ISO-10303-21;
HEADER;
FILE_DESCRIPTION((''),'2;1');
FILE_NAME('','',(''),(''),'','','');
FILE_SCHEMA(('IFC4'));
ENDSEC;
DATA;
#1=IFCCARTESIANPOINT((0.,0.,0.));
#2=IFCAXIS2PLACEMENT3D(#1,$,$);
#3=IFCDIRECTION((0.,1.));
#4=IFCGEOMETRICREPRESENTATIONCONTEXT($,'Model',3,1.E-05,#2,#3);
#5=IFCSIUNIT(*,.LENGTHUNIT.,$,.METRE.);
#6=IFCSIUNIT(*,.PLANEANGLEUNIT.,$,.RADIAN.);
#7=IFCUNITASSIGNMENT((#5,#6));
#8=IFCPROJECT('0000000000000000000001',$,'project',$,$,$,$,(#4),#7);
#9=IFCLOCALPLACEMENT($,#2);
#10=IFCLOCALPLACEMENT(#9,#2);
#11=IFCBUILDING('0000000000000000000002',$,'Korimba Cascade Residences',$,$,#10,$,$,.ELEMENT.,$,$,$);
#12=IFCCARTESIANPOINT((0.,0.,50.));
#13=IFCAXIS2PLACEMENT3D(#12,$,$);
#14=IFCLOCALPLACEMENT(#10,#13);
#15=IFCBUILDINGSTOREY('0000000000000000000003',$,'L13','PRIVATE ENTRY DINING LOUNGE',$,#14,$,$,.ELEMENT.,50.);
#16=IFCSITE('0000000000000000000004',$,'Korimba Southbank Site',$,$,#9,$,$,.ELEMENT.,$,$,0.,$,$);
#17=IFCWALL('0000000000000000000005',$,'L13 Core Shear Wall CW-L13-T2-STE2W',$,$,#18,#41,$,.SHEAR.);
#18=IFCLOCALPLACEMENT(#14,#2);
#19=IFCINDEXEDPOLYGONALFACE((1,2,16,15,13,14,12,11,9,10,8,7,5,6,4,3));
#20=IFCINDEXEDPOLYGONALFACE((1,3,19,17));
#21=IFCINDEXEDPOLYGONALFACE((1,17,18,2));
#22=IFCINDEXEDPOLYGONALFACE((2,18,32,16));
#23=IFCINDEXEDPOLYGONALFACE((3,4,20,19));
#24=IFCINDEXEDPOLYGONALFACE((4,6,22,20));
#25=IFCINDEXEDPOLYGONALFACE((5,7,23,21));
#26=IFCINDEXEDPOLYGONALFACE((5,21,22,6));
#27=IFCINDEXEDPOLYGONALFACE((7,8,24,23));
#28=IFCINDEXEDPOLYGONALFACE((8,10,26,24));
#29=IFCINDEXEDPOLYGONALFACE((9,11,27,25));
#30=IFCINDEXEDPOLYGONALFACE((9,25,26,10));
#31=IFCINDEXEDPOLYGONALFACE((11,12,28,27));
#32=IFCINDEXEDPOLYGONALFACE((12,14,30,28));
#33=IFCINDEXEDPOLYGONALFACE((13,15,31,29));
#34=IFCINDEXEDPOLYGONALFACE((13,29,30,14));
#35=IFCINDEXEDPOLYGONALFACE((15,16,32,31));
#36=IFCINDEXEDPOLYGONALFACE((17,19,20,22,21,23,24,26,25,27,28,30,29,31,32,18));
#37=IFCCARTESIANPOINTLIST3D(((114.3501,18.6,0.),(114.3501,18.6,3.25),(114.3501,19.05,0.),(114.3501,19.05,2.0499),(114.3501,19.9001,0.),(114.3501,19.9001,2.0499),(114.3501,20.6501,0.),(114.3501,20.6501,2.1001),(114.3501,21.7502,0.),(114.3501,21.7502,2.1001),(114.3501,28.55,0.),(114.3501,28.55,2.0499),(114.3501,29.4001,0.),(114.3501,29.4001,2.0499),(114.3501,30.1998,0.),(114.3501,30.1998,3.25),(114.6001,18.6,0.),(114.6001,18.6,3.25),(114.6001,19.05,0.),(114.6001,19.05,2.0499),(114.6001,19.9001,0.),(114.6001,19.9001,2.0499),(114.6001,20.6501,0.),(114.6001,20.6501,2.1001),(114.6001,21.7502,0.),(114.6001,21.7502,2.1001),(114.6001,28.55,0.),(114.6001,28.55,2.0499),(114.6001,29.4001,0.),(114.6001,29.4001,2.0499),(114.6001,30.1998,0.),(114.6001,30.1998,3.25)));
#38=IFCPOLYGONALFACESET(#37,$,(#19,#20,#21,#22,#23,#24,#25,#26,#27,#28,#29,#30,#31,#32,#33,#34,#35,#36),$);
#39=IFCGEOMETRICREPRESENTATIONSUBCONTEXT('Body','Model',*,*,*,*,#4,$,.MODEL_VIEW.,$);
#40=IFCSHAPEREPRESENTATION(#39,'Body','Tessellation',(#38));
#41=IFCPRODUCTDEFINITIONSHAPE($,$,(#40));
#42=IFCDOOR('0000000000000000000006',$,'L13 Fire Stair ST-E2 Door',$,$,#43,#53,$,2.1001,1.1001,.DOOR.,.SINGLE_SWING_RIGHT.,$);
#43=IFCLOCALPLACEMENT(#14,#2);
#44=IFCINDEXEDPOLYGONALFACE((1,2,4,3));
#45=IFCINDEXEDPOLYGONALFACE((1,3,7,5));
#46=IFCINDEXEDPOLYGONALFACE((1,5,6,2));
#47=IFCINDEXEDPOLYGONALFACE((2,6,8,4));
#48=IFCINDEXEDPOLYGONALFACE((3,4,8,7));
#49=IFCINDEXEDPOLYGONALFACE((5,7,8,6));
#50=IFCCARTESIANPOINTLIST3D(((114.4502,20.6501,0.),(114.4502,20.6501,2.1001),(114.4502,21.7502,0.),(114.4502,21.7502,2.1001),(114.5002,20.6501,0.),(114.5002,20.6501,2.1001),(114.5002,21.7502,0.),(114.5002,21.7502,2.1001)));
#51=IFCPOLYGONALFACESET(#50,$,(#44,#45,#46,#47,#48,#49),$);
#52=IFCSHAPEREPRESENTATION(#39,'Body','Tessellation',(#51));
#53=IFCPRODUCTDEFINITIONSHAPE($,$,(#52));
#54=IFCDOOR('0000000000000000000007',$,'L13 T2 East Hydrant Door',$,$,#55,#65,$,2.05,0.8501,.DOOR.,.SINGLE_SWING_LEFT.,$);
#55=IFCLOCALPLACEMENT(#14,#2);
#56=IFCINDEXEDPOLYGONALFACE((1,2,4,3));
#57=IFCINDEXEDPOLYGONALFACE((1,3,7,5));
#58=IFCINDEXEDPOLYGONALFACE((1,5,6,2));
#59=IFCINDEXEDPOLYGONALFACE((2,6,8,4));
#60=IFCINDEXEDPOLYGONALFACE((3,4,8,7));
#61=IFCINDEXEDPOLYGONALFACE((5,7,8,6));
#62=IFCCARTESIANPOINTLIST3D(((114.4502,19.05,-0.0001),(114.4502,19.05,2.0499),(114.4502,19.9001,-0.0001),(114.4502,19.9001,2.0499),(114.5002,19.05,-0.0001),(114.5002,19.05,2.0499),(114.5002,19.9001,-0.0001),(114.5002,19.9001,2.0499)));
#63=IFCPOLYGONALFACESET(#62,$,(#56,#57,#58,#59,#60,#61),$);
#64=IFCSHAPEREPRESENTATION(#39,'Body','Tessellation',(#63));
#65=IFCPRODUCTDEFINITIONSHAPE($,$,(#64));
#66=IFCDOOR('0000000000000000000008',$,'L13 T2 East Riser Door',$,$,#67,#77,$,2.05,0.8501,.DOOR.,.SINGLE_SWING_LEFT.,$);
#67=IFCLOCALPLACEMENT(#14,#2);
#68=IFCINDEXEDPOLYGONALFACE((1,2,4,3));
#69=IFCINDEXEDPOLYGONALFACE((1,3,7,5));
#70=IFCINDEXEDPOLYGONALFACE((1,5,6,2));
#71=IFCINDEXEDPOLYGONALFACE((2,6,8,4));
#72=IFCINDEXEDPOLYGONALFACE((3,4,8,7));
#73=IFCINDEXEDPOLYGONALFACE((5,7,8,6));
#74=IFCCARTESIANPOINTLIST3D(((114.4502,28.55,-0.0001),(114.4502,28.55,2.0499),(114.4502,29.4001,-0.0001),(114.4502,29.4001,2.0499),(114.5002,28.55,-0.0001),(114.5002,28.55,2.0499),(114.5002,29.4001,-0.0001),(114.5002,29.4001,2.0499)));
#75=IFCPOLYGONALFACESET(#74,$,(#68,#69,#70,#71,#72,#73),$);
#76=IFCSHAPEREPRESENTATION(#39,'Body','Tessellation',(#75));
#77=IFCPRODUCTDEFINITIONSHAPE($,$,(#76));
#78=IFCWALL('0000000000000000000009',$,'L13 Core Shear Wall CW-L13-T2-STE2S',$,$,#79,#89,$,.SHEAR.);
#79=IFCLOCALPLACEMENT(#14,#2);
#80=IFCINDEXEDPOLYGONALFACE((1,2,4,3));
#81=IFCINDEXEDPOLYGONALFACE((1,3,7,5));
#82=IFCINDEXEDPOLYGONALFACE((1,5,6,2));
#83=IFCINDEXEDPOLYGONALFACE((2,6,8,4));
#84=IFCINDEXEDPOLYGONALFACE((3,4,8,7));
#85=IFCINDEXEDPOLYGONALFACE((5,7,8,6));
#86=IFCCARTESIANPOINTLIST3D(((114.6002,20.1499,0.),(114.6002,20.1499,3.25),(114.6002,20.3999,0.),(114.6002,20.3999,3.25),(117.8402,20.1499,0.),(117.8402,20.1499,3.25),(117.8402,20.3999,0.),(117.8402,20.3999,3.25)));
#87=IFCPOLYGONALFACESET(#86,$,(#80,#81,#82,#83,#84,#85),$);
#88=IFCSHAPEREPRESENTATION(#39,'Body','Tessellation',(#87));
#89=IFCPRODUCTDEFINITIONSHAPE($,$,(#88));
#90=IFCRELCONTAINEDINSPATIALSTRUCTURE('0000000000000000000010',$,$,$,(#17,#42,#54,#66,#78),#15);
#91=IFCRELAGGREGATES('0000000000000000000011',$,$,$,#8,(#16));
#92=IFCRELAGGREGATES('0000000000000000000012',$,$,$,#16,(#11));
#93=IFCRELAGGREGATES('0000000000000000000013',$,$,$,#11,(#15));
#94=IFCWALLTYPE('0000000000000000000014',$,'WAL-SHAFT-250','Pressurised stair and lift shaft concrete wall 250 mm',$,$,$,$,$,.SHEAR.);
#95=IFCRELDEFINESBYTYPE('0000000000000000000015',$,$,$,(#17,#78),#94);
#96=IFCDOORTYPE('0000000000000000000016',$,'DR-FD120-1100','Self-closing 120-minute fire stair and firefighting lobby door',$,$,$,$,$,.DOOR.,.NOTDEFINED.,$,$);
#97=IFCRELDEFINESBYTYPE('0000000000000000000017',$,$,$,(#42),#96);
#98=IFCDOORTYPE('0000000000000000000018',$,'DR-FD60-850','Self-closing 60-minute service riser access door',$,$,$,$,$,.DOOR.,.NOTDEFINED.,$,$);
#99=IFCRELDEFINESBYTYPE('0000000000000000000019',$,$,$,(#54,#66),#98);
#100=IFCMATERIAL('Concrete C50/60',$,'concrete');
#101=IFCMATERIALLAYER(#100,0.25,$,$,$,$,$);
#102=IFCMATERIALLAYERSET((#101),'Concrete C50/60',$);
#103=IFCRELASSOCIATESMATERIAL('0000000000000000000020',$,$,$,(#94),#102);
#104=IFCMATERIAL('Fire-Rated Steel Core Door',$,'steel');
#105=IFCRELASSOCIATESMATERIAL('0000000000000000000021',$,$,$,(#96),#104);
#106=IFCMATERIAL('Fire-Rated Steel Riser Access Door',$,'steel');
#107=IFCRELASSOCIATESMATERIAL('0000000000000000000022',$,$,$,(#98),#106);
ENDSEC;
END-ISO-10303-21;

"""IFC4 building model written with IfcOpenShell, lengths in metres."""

from ifc_helpers import new_model, si_unit, direction, frame, frame_2d, origin, place, context, subcontext, project, spatial, rectangle, extrude, material, layer, layer_set, type_object, element, fill, save


model = new_model("IFC4")

# Units and contexts
model_context = context("Model", 3, precision=1e-05, world=origin(), true_north=direction((0.0, 1.0)))
body_context = subcontext(model_context, "Body", "Model", "MODEL_VIEW")
ifc_project = project(units=[si_unit("LENGTHUNIT", "METRE"), si_unit("PLANEANGLEUNIT", "RADIAN")], contexts=[model_context])

# Site, building, storey
site_placement = place(None, origin())
site = spatial("IfcSite", under=ifc_project, at=site_placement, Name="Korimba Southbank Site", CompositionType="ELEMENT", RefElevation=0.0)
building_placement = place(site_placement, origin())
building = spatial("IfcBuilding", under=site, at=building_placement, Name="Korimba Cascade Residences", CompositionType="ELEMENT")
storey_placement = place(building_placement, frame((0.0, 0.0, 50.0)))
storey = spatial("IfcBuildingStorey", under=building, at=storey_placement, Name="L13", Description="PRIVATE ENTRY DINING LOUNGE", CompositionType="ELEMENT", Elevation=50.0)

# Shared definitions
ifc_material_1 = material(Name="Concrete C50/60", Category="concrete")

# Wall, openings, doors
ifc_layer_1 = layer(ifc_material_1, 0.25)
ifc_layer_set_1 = layer_set([ifc_layer_1], Name="Concrete C50/60")
wall_type_1 = type_object("IfcWallType", Name="WAL-SHAFT-250", Description="Pressurised stair and lift shaft concrete wall 250 mm", PredefinedType="SHEAR", material=ifc_layer_set_1)
wall_1_placement = place(storey_placement, frame((114.4751, 18.6001, 0.0), z_axis=(0.0, 0.0, 1.0), x_axis=(0.0, 1.0, 0.0)))
wall_1 = element("IfcWall", 1, at=wall_1_placement, inside=storey, type_object=wall_type_1, Name="L13 Core Shear Wall CW-L13-T2-STE2W", PredefinedType="SHEAR", context=body_context, shape_type="SweptSolid", body=[
    extrude(rectangle(XDim=11.5999, YDim=0.25, at=frame_2d((5.7998, 0.0))), origin(), (0.0, 0.0, 1.0), 3.25),
])
opening_1_placement = place(wall_1_placement, frame((0.45, 0.0, 0.0)))
opening_1 = element("IfcOpeningElement", 2, at=opening_1_placement, cuts=wall_1, PredefinedType="OPENING", context=body_context, shape_type="SweptSolid", body=[
    extrude(rectangle(XDim=0.8501, YDim=2.05, at=frame_2d((0.425, 1.0249))), frame((0.0, 0.135, 0.0), z_axis=(0.0, -1.0, 0.0), x_axis=(1.0, 0.0, 0.0)), (0.0, 0.0, 1.0), 0.27),
])
opening_2_placement = place(wall_1_placement, frame((2.05, 0.0, 0.0)))
opening_2 = element("IfcOpeningElement", 3, at=opening_2_placement, cuts=wall_1, PredefinedType="OPENING", context=body_context, shape_type="SweptSolid", body=[
    extrude(rectangle(XDim=1.1001, YDim=2.1001, at=frame_2d((0.55, 1.05))), frame((0.0, 0.135, 0.0), z_axis=(0.0, -1.0, 0.0), x_axis=(1.0, 0.0, 0.0)), (0.0, 0.0, 1.0), 0.27),
])
opening_3_placement = place(wall_1_placement, frame((9.95, 0.0, 0.0)))
opening_3 = element("IfcOpeningElement", 4, at=opening_3_placement, cuts=wall_1, PredefinedType="OPENING", context=body_context, shape_type="SweptSolid", body=[
    extrude(rectangle(XDim=0.8501, YDim=2.05, at=frame_2d((0.425, 1.0249))), frame((0.0, 0.135, 0.0), z_axis=(0.0, -1.0, 0.0), x_axis=(1.0, 0.0, 0.0)), (0.0, 0.0, 1.0), 0.27),
])
ifc_material_2 = material(Name="Fire-Rated Steel Core Door", Category="steel")
door_type_1 = type_object("IfcDoorType", Name="DR-FD120-1100", Description="Self-closing 120-minute fire stair and firefighting lobby door", OperationType="NOTDEFINED", PredefinedType="DOOR", material=ifc_material_2)
door_1_placement = place(opening_2_placement, origin())
door_1 = element("IfcDoor", 5, at=door_1_placement, inside=storey, type_object=door_type_1, Name="L13 Fire Stair ST-E2 Door", OperationType="SINGLE_SWING_RIGHT", OverallHeight=2.1001, OverallWidth=1.1001, PredefinedType="DOOR", context=body_context, shape_type="SweptSolid", body=[
    extrude(rectangle(XDim=1.1001, YDim=2.1001, at=frame_2d((0.55, 1.05))), frame((0.0, 0.0249, 0.0), z_axis=(0.0, -1.0, 0.0), x_axis=(1.0, 0.0, 0.0)), (0.0, 0.0, 1.0), 0.05),
])
fill(opening_2, door_1)
ifc_material_3 = material(Name="Fire-Rated Steel Riser Access Door", Category="steel")
door_type_2 = type_object("IfcDoorType", Name="DR-FD60-850", Description="Self-closing 60-minute service riser access door", OperationType="NOTDEFINED", PredefinedType="DOOR", material=ifc_material_3)
door_2_placement = place(opening_1_placement, origin())
door_2 = element("IfcDoor", 6, at=door_2_placement, inside=storey, type_object=door_type_2, Name="L13 T2 East Hydrant Door", OperationType="SINGLE_SWING_LEFT", OverallHeight=2.05, OverallWidth=0.8501, PredefinedType="DOOR", context=body_context, shape_type="SweptSolid", body=[
    extrude(rectangle(XDim=0.8501, YDim=2.05, at=frame_2d((0.425, 1.0249))), frame((0.0, 0.0249, 0.0), z_axis=(0.0, -1.0, 0.0), x_axis=(1.0, 0.0, 0.0)), (0.0, 0.0, 1.0), 0.05),
])
fill(opening_1, door_2)
door_3_placement = place(opening_3_placement, origin())
door_3 = element("IfcDoor", 7, at=door_3_placement, inside=storey, type_object=door_type_2, Name="L13 T2 East Riser Door", OperationType="SINGLE_SWING_LEFT", OverallHeight=2.05, OverallWidth=0.8501, PredefinedType="DOOR", context=body_context, shape_type="SweptSolid", body=[
    extrude(rectangle(XDim=0.8501, YDim=2.05, at=frame_2d((0.425, 1.0249))), frame((0.0, 0.0249, 0.0), z_axis=(0.0, -1.0, 0.0), x_axis=(1.0, 0.0, 0.0)), (0.0, 0.0, 1.0), 0.05),
])
fill(opening_3, door_3)

# Wall
wall_2_placement = place(storey_placement, frame((114.6001, 20.2749, 0.0), z_axis=(0.0, 0.0, 1.0), x_axis=(1.0, 0.0, 0.0)))
element("IfcWall", 8, at=wall_2_placement, inside=storey, type_object=wall_type_1, Name="L13 Core Shear Wall CW-L13-T2-STE2S", PredefinedType="SHEAR", context=body_context, shape_type="SweptSolid", body=[
    extrude(rectangle(XDim=3.24, YDim=0.25, at=frame_2d((1.6201, 0.0))), origin(), (0.0, 0.0, 1.0), 3.25),
])

save(model, "model.ifc")
